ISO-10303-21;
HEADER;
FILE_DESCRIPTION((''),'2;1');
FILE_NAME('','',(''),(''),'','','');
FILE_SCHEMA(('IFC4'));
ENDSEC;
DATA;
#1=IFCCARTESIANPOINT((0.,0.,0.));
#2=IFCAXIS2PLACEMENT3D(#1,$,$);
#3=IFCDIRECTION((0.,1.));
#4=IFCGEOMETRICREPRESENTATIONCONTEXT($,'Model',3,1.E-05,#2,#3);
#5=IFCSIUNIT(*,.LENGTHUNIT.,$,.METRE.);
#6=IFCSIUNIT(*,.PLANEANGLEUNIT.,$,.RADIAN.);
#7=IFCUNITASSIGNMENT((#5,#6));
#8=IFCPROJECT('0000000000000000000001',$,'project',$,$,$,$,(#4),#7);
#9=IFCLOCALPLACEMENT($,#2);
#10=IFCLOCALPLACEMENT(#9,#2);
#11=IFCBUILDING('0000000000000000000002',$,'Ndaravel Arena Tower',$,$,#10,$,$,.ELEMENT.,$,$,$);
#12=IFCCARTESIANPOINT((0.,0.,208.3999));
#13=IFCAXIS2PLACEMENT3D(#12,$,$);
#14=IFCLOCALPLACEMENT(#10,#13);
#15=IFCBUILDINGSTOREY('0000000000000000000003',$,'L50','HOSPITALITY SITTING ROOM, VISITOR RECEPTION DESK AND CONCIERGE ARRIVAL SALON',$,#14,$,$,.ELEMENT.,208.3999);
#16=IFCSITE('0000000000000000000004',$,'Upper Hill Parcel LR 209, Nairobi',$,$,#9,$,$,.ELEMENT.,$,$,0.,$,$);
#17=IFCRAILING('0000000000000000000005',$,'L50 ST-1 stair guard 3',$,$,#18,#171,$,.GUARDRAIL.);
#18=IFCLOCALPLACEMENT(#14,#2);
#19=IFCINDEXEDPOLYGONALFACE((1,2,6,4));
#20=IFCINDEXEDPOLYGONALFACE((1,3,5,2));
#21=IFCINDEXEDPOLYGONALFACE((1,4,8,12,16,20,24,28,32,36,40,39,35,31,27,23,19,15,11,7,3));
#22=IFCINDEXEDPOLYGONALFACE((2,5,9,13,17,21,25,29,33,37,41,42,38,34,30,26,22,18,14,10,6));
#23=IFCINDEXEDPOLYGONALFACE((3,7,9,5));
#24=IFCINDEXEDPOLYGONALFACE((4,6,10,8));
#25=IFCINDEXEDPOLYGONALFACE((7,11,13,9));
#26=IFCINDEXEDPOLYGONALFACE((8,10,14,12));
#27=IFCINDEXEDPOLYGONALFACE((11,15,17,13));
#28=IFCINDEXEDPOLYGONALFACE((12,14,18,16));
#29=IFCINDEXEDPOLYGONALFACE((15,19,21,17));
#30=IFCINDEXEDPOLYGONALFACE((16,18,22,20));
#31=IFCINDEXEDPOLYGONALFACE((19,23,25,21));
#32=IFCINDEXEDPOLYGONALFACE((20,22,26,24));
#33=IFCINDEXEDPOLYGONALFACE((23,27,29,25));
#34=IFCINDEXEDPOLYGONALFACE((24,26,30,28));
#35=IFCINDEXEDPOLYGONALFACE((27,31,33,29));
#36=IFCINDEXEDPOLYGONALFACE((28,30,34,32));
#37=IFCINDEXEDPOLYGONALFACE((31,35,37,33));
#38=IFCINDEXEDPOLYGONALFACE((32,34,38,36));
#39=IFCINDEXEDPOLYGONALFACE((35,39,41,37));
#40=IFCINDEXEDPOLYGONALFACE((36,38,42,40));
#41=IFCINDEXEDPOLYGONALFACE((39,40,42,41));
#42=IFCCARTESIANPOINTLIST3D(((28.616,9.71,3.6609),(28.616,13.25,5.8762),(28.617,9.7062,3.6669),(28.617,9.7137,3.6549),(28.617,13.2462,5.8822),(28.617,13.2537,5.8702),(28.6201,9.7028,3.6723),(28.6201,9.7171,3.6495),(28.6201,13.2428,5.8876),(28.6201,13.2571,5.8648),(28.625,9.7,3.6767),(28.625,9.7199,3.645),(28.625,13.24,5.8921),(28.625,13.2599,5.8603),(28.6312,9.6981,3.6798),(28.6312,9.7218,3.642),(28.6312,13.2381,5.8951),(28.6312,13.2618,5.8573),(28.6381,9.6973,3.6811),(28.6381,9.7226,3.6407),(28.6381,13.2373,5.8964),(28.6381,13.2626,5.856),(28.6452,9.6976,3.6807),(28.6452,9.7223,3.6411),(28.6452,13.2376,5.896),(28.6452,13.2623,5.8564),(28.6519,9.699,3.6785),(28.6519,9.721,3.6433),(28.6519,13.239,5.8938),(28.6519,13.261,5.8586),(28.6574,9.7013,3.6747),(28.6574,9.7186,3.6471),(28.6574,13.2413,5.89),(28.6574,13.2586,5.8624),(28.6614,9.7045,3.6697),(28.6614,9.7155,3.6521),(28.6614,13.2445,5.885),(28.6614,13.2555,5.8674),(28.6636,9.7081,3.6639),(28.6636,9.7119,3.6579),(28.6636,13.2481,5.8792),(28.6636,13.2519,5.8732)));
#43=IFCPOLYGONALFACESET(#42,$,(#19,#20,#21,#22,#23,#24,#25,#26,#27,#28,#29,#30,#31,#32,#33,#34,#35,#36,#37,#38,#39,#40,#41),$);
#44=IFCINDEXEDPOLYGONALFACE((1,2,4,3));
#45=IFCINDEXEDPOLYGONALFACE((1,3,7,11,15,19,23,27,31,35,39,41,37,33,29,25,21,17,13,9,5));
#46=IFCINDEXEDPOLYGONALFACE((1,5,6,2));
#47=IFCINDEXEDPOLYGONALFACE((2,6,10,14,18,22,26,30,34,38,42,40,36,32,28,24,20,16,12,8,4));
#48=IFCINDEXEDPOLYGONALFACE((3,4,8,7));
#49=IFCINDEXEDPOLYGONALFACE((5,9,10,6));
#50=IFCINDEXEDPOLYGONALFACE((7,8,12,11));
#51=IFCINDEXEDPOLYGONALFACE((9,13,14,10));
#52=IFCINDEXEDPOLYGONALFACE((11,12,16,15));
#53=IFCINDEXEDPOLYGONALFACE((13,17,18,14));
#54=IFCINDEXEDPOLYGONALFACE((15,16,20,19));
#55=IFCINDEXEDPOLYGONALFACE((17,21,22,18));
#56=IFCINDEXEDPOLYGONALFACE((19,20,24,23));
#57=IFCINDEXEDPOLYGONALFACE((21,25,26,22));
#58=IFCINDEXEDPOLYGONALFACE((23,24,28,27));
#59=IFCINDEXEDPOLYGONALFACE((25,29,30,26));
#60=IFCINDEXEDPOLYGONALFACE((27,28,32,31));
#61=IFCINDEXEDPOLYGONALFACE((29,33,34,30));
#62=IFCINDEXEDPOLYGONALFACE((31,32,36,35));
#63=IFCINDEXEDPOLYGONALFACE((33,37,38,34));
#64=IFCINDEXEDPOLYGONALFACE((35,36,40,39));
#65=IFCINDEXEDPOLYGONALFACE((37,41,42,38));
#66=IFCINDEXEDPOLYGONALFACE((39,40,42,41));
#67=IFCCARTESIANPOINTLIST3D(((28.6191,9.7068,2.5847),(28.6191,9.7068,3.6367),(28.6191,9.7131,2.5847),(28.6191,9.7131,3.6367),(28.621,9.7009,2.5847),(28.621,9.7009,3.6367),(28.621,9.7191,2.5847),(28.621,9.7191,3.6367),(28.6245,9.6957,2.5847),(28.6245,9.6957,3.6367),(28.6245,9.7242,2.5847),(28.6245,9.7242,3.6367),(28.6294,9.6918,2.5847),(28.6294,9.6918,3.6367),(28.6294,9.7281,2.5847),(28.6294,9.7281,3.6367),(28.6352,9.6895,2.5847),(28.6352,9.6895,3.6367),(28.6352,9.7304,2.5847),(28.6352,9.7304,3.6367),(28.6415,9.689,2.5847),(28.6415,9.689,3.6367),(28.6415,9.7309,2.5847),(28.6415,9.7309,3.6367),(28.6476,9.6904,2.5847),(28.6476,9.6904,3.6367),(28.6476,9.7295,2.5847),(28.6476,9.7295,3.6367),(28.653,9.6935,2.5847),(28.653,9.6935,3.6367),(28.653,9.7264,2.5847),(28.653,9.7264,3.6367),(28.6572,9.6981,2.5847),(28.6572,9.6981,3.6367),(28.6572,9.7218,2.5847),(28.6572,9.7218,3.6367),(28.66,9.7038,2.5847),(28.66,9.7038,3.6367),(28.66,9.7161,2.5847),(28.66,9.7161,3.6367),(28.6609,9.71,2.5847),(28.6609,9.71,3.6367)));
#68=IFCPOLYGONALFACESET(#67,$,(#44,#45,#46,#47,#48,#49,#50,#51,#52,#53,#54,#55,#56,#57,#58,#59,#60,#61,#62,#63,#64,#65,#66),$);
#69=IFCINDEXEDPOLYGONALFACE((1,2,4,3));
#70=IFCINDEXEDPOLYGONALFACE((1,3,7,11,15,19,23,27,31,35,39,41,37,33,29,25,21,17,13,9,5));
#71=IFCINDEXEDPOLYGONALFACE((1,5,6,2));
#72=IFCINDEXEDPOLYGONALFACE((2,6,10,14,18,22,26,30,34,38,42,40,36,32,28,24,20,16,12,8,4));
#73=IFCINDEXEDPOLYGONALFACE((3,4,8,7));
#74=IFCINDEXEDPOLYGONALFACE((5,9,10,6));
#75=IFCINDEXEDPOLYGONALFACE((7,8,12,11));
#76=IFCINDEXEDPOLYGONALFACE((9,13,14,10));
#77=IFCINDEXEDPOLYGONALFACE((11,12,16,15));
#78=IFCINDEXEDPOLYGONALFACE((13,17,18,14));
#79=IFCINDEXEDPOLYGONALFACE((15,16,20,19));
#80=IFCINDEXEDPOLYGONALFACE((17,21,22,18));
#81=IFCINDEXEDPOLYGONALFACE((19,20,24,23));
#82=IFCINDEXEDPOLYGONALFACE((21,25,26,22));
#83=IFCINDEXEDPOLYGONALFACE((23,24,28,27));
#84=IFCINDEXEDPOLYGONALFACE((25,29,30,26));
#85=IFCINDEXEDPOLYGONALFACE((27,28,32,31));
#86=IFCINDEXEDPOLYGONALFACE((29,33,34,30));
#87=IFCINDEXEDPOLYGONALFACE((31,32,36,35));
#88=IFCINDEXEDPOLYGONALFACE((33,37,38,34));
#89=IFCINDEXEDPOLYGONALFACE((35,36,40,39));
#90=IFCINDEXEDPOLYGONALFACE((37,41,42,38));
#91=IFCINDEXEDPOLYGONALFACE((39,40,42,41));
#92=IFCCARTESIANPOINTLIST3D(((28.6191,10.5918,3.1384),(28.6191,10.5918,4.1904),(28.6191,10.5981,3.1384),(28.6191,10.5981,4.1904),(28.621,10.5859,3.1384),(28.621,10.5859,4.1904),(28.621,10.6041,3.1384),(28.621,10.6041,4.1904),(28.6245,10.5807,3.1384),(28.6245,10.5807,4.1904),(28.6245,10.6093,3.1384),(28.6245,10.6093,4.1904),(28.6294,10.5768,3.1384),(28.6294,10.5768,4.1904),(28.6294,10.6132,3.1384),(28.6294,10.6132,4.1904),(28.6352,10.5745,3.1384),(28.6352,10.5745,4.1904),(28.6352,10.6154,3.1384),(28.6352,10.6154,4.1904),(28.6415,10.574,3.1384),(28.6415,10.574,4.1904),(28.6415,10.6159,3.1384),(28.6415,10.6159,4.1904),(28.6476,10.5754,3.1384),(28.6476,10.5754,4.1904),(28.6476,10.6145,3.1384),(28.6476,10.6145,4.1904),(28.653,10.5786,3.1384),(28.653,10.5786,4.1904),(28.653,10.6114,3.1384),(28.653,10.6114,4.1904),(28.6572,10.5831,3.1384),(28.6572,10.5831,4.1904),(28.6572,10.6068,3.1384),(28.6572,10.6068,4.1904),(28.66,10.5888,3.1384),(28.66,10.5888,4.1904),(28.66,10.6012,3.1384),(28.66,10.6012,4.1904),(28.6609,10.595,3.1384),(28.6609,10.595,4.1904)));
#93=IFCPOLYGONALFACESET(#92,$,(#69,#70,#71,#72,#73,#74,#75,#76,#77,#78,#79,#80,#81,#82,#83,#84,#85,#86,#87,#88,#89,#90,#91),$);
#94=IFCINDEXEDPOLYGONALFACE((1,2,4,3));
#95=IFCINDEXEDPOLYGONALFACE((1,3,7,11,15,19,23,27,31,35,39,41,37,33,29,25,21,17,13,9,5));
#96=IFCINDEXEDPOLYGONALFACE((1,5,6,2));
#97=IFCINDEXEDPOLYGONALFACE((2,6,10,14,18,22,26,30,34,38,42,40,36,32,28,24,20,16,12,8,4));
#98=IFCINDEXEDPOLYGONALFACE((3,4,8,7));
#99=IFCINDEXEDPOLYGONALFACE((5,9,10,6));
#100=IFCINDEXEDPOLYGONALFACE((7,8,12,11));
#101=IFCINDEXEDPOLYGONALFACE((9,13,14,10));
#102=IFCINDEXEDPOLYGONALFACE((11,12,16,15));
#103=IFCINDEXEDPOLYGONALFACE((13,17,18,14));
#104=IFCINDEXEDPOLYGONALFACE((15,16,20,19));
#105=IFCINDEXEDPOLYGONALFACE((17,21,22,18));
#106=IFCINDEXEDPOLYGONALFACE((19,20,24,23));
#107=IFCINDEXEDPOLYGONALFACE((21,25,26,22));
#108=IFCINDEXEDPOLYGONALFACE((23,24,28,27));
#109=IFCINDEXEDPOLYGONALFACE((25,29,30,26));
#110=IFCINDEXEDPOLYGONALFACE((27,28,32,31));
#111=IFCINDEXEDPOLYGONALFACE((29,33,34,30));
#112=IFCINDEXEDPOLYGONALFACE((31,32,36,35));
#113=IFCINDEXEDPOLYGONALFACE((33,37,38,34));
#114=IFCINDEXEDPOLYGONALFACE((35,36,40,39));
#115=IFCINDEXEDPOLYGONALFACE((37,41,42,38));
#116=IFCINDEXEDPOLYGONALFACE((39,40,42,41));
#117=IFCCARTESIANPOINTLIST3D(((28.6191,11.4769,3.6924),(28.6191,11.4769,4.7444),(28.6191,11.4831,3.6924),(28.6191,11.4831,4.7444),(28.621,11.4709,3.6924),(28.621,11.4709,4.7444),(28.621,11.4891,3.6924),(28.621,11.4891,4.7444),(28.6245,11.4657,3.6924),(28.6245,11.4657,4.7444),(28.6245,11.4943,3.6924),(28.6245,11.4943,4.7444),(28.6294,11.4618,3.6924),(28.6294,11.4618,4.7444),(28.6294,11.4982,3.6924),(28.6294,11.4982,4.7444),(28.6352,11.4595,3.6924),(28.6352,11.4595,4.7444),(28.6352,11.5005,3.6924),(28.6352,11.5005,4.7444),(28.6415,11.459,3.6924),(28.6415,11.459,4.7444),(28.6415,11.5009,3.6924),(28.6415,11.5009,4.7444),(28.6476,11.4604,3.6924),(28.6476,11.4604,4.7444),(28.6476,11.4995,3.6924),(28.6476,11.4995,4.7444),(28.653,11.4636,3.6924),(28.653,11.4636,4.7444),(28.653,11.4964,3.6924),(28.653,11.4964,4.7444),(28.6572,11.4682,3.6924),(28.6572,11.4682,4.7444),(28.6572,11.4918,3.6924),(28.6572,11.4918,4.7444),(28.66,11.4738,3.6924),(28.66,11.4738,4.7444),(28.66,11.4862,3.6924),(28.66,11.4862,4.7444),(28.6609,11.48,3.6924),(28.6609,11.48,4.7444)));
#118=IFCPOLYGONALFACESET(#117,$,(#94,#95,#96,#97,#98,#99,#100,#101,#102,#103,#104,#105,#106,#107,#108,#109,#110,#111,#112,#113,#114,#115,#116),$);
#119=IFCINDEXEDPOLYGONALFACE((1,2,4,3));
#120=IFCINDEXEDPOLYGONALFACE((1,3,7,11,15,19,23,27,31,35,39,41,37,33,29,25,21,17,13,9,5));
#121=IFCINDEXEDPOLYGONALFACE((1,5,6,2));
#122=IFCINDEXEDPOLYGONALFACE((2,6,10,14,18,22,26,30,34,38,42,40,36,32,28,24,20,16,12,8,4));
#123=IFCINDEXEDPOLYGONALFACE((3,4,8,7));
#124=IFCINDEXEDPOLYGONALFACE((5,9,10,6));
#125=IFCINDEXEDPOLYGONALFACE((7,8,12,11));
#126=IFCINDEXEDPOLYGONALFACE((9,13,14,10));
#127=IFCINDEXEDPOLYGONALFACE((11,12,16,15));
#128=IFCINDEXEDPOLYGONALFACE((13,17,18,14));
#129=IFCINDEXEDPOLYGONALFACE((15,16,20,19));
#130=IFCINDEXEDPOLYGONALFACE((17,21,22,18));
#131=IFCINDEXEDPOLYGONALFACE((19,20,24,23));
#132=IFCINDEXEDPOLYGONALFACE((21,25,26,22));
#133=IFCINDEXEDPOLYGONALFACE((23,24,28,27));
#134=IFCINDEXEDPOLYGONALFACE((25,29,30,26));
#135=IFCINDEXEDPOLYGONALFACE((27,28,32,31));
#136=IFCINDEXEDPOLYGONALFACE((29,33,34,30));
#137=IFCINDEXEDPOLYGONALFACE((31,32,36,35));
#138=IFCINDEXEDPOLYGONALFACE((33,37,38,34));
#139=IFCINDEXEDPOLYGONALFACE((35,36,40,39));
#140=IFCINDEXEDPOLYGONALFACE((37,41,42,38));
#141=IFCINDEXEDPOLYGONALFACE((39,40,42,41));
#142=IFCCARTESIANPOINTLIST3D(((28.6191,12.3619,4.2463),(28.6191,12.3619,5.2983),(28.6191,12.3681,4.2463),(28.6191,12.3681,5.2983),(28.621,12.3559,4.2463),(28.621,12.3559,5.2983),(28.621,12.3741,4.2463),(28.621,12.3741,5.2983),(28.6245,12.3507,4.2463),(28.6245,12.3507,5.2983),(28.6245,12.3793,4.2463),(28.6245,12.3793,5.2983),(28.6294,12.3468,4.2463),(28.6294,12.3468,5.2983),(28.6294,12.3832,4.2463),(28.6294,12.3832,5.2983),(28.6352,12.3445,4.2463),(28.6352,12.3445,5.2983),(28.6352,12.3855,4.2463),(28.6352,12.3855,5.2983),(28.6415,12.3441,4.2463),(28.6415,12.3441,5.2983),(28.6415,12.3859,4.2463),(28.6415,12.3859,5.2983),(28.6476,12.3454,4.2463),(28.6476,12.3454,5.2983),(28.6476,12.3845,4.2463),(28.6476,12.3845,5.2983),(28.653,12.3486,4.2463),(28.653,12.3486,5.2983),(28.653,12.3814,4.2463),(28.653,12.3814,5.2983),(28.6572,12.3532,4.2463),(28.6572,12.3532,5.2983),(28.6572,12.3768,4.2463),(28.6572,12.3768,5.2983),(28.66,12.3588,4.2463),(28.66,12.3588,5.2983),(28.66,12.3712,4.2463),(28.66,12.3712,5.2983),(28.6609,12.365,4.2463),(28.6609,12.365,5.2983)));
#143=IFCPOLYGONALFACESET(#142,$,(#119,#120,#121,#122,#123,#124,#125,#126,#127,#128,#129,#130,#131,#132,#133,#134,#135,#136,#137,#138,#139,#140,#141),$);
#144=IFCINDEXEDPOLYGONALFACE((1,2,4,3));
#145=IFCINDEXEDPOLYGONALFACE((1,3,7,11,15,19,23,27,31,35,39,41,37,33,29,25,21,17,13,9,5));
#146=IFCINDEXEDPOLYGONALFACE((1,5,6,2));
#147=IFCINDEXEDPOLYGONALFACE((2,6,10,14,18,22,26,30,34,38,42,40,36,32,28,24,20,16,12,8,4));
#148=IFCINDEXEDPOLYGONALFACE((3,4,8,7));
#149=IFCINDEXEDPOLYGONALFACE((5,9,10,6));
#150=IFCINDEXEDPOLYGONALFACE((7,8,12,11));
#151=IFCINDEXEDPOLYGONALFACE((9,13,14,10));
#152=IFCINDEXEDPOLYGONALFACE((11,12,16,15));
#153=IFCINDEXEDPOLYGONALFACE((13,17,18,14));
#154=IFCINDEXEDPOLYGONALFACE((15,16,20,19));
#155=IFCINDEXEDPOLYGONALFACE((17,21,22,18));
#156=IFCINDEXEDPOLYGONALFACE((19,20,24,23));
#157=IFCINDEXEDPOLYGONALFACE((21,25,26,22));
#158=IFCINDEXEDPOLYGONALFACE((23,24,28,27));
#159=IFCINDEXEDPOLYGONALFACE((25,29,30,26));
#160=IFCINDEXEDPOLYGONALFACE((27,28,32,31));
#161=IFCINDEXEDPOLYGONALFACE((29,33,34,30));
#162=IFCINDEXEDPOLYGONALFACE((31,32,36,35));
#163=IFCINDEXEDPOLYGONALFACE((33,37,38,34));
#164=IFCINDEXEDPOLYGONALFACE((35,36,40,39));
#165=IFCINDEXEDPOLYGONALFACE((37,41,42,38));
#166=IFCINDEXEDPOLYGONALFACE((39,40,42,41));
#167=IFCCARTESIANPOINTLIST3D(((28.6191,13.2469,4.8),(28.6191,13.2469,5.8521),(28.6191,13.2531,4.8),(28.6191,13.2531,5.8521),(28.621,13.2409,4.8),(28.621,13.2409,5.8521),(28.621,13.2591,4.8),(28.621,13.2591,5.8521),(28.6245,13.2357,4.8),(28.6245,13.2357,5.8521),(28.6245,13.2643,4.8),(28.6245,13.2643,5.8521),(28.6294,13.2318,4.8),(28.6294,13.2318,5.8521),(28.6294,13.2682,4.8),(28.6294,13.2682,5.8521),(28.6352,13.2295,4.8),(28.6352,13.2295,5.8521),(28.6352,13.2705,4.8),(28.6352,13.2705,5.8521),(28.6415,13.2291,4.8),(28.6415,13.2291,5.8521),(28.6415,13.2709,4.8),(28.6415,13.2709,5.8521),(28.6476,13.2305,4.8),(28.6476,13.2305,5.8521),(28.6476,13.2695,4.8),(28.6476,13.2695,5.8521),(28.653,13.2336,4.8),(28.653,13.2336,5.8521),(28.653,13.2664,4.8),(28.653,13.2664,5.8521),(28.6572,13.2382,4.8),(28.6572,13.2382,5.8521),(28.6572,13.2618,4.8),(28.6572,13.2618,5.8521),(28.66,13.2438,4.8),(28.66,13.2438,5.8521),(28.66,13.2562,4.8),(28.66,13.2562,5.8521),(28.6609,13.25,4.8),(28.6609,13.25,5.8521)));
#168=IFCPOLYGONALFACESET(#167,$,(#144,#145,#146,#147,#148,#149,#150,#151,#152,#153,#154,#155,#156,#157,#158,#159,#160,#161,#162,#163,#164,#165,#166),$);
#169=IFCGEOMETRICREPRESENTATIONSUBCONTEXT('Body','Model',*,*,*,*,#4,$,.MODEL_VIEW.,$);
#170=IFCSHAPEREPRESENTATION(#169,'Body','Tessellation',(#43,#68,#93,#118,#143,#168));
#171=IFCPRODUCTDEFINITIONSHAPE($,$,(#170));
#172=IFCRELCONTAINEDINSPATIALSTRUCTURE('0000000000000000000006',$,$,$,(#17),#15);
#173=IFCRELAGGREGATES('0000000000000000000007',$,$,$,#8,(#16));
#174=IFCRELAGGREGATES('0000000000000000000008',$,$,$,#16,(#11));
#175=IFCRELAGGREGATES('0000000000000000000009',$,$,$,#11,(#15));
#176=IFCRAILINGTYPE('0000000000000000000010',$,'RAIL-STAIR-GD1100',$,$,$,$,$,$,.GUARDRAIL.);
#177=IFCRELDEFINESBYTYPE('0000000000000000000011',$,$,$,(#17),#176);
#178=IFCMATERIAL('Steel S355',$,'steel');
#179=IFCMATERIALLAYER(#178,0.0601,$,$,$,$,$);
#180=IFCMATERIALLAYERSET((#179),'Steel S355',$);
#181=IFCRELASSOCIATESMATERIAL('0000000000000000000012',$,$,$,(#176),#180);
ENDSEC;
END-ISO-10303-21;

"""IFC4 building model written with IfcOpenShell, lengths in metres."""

from ifc_helpers import new_model, si_unit, direction, frame, origin, origin_2d, place, context, subcontext, project, spatial, circle, extrude, material, layer, layer_set, type_object, element, save


model = new_model("IFC4")

# Units and contexts
model_context = context("Model", 3, precision=1e-05, world=origin(), true_north=direction((0.0, 1.0)))
body_context = subcontext(model_context, "Body", "Model", "MODEL_VIEW")
ifc_project = project(units=[si_unit("LENGTHUNIT", "METRE"), si_unit("PLANEANGLEUNIT", "RADIAN")], contexts=[model_context])

# Site, building, storey
site_placement = place(None, origin())
site = spatial("IfcSite", under=ifc_project, at=site_placement, Name="Upper Hill Parcel LR 209, Nairobi", CompositionType="ELEMENT", RefElevation=0.0)
building_placement = place(site_placement, origin())
building = spatial("IfcBuilding", under=site, at=building_placement, Name="Ndaravel Arena Tower", CompositionType="ELEMENT")
storey_placement = place(building_placement, frame((0.0, 0.0, 208.3999)))
storey = spatial("IfcBuildingStorey", under=building, at=storey_placement, Name="L50", Description="HOSPITALITY SITTING ROOM, VISITOR RECEPTION DESK AND CONCIERGE ARRIVAL SALON", CompositionType="ELEMENT", Elevation=208.3999)

# Railing
ifc_material_1 = material(Name="Steel S355", Category="steel")
ifc_layer_1 = layer(ifc_material_1, 0.0601)
ifc_layer_set_1 = layer_set([ifc_layer_1], Name="Steel S355")
railing_type_1 = type_object("IfcRailingType", Name="RAIL-STAIR-GD1100", PredefinedType="GUARDRAIL", material=ifc_layer_set_1)
railing_1_placement = place(storey_placement, frame((28.6399, 9.71, 2.5847)))
element("IfcRailing", 1, at=railing_1_placement, inside=storey, type_object=railing_type_1, Name="L50 ST-1 stair guard 3", PredefinedType="GUARDRAIL", context=body_context, shape_type="SweptSolid", body=[
    extrude(circle(Radius=0.0239, at=origin_2d()), frame((0.0, 0.0, 1.0762), z_axis=(0.0, 0.847696, 0.530482), x_axis=(-1.0, 0.0, 0.0)), (0.0, 0.0, 1.0), 4.176),
    extrude(circle(Radius=0.021, at=origin_2d()), origin(), (0.0, 0.0, 1.0), 1.052),
    extrude(circle(Radius=0.021, at=origin_2d()), frame((0.0, 0.885, 0.5537)), (0.0, 0.0, 1.0), 1.052),
    extrude(circle(Radius=0.021, at=origin_2d()), frame((0.0, 1.77, 1.1077)), (0.0, 0.0, 1.0), 1.052),
    extrude(circle(Radius=0.021, at=origin_2d()), frame((0.0, 2.655, 1.6616)), (0.0, 0.0, 1.0), 1.052),
    extrude(circle(Radius=0.021, at=origin_2d()), frame((0.0, 3.54, 2.2153)), (0.0, 0.0, 1.0), 1.052),
])

save(model, "model.ifc")
